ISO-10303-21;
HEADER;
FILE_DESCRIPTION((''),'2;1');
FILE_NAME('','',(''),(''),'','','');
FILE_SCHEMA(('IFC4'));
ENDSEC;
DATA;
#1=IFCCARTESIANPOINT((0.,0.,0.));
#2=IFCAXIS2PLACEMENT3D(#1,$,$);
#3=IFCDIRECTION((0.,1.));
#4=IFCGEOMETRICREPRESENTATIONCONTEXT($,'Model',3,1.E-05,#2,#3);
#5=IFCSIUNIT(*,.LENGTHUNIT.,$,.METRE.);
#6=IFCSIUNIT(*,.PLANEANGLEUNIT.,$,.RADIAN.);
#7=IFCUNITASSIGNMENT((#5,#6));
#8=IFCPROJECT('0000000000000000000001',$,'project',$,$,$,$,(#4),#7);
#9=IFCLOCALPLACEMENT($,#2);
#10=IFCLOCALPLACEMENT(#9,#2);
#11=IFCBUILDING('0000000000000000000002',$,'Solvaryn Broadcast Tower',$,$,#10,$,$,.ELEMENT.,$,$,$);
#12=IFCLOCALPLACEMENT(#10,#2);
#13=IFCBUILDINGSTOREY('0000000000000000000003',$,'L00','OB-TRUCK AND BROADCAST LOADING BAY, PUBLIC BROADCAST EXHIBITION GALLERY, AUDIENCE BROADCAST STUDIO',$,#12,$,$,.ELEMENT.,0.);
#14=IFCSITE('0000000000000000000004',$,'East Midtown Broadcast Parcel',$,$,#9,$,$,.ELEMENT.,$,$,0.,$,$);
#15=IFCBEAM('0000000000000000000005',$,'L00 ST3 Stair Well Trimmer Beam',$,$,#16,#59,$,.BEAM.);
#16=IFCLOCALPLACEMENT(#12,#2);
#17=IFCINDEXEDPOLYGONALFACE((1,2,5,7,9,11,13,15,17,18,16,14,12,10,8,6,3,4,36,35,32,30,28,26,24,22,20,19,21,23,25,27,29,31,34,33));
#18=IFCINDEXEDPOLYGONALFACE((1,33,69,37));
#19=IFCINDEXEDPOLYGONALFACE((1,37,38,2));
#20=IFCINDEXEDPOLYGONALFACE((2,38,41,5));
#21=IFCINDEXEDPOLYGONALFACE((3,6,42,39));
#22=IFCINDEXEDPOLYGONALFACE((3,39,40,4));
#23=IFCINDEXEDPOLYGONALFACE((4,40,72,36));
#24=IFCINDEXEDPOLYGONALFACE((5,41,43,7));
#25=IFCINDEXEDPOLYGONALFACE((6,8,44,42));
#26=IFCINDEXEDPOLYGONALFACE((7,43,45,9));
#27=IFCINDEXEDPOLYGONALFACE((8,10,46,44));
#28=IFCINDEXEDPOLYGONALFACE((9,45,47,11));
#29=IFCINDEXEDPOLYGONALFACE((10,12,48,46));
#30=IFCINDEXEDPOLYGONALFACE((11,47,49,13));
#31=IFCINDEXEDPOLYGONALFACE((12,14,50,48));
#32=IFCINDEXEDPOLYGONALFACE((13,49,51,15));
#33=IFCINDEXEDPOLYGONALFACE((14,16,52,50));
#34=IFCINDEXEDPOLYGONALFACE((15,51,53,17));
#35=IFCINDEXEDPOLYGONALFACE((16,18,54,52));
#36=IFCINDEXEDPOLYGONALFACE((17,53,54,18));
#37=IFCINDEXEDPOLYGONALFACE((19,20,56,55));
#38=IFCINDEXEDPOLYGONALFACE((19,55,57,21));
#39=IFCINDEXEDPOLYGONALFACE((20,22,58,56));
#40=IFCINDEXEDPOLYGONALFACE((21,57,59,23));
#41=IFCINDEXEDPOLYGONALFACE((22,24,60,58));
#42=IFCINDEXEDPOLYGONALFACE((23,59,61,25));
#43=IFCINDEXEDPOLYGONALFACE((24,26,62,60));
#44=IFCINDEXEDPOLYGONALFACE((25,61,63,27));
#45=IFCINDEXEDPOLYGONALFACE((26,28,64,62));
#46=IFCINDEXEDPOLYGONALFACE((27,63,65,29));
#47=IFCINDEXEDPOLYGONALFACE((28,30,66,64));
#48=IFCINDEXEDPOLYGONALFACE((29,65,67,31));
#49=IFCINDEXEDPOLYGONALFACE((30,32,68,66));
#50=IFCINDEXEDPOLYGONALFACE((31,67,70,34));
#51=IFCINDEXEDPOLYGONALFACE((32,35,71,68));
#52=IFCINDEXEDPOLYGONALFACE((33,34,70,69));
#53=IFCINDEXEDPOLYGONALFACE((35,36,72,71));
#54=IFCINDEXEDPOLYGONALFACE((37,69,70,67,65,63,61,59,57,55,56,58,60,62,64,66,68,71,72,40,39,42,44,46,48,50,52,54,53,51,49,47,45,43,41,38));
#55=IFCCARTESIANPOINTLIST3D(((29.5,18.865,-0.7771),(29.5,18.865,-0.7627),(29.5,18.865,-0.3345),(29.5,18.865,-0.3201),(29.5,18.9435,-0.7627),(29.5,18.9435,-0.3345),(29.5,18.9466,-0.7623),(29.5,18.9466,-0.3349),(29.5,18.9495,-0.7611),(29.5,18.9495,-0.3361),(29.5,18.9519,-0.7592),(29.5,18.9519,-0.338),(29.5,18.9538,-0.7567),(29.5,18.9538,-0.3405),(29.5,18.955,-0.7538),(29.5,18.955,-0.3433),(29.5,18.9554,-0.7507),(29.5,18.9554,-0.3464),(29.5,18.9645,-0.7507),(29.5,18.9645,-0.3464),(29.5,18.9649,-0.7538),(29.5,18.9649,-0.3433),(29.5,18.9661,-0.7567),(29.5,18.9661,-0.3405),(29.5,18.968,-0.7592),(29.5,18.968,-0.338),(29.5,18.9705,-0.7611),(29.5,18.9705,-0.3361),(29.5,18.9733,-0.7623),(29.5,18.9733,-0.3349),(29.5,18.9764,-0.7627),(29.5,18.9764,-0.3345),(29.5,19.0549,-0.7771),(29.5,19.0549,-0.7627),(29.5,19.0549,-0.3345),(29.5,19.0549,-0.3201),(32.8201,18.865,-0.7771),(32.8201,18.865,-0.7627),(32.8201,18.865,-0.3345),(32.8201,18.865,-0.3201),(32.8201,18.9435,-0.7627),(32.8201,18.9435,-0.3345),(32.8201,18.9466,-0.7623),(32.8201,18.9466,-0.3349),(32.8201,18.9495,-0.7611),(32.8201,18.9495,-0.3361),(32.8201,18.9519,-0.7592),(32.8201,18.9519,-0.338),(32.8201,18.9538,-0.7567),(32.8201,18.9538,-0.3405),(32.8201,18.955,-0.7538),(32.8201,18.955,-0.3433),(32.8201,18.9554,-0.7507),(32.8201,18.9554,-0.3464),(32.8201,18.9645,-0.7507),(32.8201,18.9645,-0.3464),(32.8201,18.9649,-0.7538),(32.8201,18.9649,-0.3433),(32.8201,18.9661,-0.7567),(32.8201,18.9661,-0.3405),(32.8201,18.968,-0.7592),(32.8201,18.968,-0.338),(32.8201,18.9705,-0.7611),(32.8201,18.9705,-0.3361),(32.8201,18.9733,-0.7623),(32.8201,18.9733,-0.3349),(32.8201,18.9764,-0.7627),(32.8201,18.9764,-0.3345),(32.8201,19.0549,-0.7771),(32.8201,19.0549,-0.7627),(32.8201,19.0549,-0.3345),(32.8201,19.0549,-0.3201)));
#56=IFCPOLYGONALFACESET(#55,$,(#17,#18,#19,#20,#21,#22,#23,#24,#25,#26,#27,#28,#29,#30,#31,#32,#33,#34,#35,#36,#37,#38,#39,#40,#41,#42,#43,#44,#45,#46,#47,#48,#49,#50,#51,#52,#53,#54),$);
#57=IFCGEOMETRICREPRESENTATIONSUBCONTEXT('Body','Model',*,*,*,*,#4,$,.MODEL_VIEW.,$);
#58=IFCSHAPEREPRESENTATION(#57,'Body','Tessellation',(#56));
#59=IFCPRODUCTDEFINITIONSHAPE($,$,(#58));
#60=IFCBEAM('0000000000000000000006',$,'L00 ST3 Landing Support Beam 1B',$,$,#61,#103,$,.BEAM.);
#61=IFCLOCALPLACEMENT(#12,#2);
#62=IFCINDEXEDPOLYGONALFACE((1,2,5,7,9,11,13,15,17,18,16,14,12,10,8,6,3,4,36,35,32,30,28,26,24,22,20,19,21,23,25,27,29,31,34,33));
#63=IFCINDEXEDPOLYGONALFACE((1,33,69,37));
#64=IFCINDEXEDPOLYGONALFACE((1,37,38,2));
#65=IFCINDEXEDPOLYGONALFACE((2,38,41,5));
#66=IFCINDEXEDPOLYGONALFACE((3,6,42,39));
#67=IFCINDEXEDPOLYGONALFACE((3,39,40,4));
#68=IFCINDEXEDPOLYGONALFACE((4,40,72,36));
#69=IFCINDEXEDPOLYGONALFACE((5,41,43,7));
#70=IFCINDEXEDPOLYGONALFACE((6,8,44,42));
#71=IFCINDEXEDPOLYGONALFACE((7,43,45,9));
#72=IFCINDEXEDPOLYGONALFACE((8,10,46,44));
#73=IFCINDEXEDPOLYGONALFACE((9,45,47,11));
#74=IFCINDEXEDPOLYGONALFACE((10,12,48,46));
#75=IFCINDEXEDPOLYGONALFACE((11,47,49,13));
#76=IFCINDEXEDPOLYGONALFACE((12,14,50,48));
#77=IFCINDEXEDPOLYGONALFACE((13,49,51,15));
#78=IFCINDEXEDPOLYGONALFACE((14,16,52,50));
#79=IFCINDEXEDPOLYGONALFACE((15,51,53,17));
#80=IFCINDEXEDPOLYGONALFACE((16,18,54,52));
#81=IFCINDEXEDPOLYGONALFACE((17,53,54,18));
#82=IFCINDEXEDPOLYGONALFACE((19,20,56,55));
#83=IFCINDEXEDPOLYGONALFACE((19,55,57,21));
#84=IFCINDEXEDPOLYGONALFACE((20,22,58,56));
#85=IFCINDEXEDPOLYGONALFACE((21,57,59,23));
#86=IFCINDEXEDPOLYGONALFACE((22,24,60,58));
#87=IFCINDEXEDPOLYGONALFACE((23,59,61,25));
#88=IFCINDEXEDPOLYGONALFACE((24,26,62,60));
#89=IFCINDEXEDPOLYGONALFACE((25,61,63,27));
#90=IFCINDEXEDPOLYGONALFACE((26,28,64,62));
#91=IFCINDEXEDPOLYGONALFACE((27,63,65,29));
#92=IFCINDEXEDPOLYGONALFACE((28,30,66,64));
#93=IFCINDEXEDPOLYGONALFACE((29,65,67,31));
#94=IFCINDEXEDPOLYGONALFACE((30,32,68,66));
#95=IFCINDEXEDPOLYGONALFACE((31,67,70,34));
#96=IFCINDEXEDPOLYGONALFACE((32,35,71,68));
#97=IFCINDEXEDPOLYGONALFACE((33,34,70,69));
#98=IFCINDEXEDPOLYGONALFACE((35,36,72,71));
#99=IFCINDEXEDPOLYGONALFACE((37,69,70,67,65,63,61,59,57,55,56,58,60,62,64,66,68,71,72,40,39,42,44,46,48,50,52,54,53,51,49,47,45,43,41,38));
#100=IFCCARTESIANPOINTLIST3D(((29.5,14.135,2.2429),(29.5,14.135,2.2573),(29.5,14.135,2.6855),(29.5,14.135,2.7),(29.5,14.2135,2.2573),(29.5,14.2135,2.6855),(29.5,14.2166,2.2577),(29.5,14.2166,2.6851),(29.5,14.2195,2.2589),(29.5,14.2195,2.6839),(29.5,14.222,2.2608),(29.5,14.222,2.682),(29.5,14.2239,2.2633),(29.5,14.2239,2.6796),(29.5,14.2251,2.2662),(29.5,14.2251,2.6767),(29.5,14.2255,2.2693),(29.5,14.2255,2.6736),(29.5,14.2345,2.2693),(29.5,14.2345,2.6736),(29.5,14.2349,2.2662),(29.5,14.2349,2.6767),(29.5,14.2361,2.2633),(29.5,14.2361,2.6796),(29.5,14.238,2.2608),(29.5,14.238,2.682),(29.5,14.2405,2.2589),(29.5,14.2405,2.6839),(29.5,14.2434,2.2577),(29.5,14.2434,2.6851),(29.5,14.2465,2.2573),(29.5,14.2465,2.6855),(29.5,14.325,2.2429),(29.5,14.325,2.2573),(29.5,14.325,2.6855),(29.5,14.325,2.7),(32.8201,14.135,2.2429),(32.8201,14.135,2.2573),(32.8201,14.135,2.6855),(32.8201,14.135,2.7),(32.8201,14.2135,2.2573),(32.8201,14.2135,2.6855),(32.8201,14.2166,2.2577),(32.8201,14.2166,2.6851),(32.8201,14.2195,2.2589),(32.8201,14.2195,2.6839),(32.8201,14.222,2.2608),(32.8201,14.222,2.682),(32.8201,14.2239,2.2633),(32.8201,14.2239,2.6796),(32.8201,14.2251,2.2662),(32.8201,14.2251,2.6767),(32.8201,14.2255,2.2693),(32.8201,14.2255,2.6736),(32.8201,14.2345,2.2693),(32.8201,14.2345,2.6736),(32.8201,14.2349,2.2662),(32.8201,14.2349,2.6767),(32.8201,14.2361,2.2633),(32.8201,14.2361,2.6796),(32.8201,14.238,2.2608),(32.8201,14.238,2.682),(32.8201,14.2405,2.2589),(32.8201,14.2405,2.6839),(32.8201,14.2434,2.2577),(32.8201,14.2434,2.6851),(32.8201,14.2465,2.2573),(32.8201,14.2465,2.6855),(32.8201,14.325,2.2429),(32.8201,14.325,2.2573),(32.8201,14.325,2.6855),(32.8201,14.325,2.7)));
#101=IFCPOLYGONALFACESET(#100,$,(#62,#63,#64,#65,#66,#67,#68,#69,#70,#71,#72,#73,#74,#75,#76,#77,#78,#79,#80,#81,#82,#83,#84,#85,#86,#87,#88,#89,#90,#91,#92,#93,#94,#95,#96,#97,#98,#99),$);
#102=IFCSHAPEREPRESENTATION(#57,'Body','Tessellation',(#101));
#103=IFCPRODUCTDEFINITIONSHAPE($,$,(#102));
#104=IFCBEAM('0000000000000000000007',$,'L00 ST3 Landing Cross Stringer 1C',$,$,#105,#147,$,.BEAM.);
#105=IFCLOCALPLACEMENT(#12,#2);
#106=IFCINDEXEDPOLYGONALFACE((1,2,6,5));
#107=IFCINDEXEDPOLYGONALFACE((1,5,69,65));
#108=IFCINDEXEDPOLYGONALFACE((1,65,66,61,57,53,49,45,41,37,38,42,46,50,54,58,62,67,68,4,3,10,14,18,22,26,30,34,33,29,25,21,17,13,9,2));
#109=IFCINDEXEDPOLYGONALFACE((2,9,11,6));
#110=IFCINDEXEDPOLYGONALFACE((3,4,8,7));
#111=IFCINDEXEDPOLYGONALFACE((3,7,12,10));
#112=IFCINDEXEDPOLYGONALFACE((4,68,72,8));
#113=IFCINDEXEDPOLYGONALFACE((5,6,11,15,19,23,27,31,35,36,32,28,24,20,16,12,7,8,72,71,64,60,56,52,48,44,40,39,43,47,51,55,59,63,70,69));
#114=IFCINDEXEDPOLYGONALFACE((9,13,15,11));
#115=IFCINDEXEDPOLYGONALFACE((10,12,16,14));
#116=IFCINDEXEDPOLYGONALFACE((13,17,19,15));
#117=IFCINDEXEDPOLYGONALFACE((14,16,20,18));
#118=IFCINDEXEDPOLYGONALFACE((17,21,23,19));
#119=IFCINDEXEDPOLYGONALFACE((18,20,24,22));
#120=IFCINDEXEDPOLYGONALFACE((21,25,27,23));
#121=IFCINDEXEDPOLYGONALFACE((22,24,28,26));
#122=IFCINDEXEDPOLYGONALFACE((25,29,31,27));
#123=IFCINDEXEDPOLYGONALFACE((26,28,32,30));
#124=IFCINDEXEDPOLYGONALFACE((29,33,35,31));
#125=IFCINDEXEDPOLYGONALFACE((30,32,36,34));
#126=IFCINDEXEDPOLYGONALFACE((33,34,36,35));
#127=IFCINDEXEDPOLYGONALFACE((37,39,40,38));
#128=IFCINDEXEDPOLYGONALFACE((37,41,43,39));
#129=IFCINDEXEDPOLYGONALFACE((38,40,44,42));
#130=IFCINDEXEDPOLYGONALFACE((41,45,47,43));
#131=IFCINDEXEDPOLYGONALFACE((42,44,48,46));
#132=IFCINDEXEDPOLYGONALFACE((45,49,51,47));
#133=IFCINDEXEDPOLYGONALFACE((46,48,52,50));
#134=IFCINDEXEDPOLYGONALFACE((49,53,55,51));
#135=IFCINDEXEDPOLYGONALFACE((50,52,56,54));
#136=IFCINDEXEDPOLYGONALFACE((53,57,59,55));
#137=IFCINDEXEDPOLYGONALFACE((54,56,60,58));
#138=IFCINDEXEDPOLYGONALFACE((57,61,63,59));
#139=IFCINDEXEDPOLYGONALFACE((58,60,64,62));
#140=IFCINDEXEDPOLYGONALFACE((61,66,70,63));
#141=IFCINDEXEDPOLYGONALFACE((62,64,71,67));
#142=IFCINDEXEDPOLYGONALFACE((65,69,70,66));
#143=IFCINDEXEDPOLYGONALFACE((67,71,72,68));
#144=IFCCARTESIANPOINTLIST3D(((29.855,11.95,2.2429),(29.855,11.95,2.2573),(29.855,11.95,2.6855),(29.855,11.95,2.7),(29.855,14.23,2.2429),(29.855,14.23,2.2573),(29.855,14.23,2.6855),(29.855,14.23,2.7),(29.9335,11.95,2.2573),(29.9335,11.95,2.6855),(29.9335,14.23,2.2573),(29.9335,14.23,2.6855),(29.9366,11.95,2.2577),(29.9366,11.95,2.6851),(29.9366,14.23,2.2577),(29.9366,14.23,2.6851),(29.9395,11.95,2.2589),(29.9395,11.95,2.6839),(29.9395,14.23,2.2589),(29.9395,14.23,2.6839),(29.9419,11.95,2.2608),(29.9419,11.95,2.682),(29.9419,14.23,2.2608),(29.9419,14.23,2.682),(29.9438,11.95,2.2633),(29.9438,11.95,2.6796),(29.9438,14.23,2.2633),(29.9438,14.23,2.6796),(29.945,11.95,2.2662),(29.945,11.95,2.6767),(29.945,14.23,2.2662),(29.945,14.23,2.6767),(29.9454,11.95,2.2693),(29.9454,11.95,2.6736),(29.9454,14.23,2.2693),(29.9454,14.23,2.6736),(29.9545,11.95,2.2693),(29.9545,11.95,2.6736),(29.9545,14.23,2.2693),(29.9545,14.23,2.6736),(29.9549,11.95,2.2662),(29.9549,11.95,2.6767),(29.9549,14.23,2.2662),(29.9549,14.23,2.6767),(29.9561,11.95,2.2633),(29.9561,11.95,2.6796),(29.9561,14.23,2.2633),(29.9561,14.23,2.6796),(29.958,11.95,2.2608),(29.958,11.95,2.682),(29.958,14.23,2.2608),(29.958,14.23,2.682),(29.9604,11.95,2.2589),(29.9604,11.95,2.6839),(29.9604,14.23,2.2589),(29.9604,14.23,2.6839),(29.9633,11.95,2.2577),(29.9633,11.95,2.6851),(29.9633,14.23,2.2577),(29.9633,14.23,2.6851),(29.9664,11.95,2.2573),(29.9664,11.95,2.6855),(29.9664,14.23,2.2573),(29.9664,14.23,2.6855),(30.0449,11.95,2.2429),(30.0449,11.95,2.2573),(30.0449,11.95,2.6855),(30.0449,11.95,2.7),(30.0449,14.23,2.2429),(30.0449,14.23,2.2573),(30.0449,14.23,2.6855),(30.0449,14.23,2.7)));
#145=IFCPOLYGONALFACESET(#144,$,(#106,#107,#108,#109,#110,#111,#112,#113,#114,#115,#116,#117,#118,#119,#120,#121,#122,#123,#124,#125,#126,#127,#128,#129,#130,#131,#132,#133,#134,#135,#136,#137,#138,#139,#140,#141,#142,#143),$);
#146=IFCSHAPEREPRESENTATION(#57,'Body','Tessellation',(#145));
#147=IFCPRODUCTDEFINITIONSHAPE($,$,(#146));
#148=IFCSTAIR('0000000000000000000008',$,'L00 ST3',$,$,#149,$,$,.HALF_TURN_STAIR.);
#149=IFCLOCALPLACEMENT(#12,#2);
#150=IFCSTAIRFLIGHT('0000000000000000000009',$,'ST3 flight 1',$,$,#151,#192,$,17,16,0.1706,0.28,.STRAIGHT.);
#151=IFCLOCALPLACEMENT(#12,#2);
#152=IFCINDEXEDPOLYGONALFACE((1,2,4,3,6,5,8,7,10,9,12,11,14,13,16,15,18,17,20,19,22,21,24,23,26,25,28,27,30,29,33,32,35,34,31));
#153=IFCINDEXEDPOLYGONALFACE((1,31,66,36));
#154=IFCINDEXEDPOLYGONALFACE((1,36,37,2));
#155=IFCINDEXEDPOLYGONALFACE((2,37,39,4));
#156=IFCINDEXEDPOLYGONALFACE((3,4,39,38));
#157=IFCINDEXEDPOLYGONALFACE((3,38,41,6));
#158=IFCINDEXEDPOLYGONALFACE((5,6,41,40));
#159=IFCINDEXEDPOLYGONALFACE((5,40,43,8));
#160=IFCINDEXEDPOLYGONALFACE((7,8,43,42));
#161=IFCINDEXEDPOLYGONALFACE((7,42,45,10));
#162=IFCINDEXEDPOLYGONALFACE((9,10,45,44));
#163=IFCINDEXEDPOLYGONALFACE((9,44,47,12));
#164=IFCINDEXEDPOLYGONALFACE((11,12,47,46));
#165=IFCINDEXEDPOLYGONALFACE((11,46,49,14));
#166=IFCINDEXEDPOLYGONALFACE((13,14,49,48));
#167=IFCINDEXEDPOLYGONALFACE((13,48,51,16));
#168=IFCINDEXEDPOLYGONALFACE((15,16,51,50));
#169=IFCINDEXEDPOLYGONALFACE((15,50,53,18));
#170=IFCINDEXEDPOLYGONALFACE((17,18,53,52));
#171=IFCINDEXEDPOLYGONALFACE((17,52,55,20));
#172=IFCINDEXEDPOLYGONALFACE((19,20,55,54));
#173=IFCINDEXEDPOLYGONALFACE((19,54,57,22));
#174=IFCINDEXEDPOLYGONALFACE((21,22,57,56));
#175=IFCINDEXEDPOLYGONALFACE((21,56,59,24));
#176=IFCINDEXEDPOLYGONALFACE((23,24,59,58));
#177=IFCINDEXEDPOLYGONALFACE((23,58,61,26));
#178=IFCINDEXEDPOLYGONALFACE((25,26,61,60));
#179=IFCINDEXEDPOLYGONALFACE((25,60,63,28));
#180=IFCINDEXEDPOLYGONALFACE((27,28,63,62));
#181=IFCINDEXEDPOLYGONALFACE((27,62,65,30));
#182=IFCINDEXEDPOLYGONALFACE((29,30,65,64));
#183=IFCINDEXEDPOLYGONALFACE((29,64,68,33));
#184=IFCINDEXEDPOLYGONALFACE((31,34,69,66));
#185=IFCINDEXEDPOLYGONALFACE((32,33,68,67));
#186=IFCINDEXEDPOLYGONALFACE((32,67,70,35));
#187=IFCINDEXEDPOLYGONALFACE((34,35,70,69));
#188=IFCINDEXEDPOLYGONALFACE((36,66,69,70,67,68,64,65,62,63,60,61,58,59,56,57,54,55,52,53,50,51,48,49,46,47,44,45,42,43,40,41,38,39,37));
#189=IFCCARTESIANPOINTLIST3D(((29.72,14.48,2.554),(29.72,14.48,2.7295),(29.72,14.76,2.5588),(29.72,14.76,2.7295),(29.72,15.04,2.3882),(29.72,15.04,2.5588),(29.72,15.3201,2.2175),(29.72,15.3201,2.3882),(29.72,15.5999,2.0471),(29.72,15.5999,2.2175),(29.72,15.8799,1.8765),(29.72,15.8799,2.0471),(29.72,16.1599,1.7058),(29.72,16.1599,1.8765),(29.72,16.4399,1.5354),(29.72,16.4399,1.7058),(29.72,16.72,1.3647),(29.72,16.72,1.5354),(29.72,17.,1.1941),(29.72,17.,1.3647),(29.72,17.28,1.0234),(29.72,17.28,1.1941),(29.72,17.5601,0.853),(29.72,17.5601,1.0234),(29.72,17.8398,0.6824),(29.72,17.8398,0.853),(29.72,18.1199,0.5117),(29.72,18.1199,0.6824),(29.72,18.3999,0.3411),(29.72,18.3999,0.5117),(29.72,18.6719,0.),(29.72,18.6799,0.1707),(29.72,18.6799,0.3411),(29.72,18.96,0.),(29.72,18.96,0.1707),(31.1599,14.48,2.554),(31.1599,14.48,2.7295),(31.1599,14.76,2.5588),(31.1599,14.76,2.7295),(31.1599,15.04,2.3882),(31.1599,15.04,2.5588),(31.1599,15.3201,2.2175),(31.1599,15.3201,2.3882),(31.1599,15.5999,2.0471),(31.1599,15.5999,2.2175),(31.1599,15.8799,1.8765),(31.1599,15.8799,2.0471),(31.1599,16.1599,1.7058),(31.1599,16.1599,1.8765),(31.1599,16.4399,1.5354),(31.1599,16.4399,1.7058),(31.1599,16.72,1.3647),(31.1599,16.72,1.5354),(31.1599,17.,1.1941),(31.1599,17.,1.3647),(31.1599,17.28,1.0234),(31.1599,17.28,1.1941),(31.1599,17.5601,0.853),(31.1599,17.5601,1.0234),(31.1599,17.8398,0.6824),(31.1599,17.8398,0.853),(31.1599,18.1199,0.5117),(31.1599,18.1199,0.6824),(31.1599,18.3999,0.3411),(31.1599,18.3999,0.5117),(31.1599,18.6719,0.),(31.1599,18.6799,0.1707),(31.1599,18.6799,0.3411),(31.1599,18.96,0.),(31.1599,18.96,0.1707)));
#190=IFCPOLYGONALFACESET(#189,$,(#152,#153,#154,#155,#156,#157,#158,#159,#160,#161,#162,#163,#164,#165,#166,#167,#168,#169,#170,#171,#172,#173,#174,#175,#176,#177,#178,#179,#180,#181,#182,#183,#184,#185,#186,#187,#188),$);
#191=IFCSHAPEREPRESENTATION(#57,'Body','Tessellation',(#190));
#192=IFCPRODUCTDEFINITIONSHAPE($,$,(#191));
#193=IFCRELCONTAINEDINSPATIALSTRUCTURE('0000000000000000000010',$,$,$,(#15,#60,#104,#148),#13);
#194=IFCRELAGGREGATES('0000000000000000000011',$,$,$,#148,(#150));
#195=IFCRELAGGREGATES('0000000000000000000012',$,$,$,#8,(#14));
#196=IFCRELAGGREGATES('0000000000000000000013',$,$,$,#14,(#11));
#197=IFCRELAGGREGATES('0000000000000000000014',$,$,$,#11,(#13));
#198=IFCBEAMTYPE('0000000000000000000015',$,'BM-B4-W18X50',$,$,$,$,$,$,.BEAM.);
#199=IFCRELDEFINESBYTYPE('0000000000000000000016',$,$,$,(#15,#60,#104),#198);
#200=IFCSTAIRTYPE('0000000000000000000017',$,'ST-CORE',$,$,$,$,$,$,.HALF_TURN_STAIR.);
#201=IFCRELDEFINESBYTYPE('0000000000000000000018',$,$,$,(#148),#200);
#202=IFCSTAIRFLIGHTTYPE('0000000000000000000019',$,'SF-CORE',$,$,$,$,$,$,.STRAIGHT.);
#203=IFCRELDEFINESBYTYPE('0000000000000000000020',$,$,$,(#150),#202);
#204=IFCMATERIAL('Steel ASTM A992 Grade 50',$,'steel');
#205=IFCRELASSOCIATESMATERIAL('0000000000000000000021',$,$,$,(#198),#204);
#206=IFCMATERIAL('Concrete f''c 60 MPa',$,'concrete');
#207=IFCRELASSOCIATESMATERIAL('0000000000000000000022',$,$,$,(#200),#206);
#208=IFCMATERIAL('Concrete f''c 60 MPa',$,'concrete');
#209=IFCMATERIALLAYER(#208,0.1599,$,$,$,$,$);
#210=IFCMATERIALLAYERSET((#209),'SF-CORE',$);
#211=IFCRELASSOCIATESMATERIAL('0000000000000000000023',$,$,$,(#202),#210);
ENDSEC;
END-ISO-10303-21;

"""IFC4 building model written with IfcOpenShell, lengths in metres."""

from ifc_helpers import new_model, si_unit, direction, frame, origin, origin_2d, place, context, subcontext, project, spatial, polyline, i_section, outline, extrude, material, layer, layer_set, material_profile, profile_set, type_object, element, aggregate, save


model = new_model("IFC4")

# Units and contexts
model_context = context("Model", 3, precision=1e-05, world=origin(), true_north=direction((0.0, 1.0)))
body_context = subcontext(model_context, "Body", "Model", "MODEL_VIEW")
ifc_project = project(units=[si_unit("LENGTHUNIT", "METRE"), si_unit("PLANEANGLEUNIT", "RADIAN")], contexts=[model_context])

# Site, building, storey
site_placement = place(None, origin())
site = spatial("IfcSite", under=ifc_project, at=site_placement, Name="East Midtown Broadcast Parcel", CompositionType="ELEMENT", RefElevation=0.0)
building_placement = place(site_placement, origin())
building = spatial("IfcBuilding", under=site, at=building_placement, Name="Solvaryn Broadcast Tower", CompositionType="ELEMENT")
storey_placement = place(building_placement, origin())
storey = spatial("IfcBuildingStorey", under=building, at=storey_placement, Name="L00", Description="OB-TRUCK AND BROADCAST LOADING BAY, PUBLIC BROADCAST EXHIBITION GALLERY, AUDIENCE BROADCAST STUDIO", CompositionType="ELEMENT", Elevation=0.0)

# Beams
ifc_material_1 = material(Name="Steel ASTM A992 Grade 50", Category="steel")
ifc_material_profile = material_profile(ifc_material_1, i_section(OverallWidth=0.1899, OverallDepth=0.457, WebThickness=0.009, FlangeThickness=0.0144, FilletRadius=0.012, at=origin_2d()))
ifc_profile_set = profile_set([ifc_material_profile], Name="Steel ASTM A992 Grade 50")
beam_type = type_object("IfcBeamType", Name="BM-B4-W18X50", PredefinedType="BEAM", material=ifc_profile_set)
for number, where, z_axis, x_axis, name in (
    (1, (29.5, 18.96, -0.5486), (1.0, 0.0, 0.0), (0.0, 1.0, 0.0), "L00 ST3 Stair Well Trimmer Beam"),
    (2, (29.5, 14.23, 2.4714), (1.0, 0.0, 0.0), (0.0, 1.0, 0.0), "L00 ST3 Landing Support Beam 1B"),
):
    element("IfcBeam", number, at=place(storey_placement, frame(where, z_axis=z_axis, x_axis=x_axis)), inside=storey, type_object=beam_type, Name=name, PredefinedType="BEAM", context=body_context, shape_type="SweptSolid", body=[
        extrude(i_section(OverallWidth=0.1899, OverallDepth=0.457, WebThickness=0.009, FlangeThickness=0.0144, FilletRadius=0.012, at=origin_2d()), origin(), (0.0, 0.0, 1.0), 3.3201),
    ])
beam_placement = place(storey_placement, frame((29.95, 11.95, 2.4714), z_axis=(0.0, 1.0, 0.0), x_axis=(-1.0, 0.0, 0.0)))
element("IfcBeam", 3, at=beam_placement, inside=storey, type_object=beam_type, Name="L00 ST3 Landing Cross Stringer 1C", PredefinedType="BEAM", context=body_context, shape_type="SweptSolid", body=[
    extrude(i_section(OverallWidth=0.1899, OverallDepth=0.457, WebThickness=0.009, FlangeThickness=0.0144, FilletRadius=0.012, at=origin_2d()), origin(), (0.0, 0.0, 1.0), 2.28),
])

# Stair, stair flight
ifc_material_2 = material(Name="Concrete f'c 60 MPa", Category="concrete")
stair_type = type_object("IfcStairType", Name="ST-CORE", PredefinedType="HALF_TURN_STAIR", material=ifc_material_2)
stair_placement = place(storey_placement, origin())
stair = element("IfcStair", 4, at=stair_placement, inside=storey, type_object=stair_type, Name="L00 ST3", PredefinedType="HALF_TURN_STAIR")
ifc_material_3 = material(Name="Concrete f'c 60 MPa", Category="concrete")
ifc_layer_1 = layer(ifc_material_3, 0.1599)
ifc_layer_set_1 = layer_set([ifc_layer_1], Name="SF-CORE")
stair_flight_type = type_object("IfcStairFlightType", Name="SF-CORE", PredefinedType="STRAIGHT", material=ifc_layer_set_1)
stair_flight_1_placement = place(storey_placement, frame((30.4399, 18.96, 0.0), z_axis=(0.0, 0.0, 1.0), x_axis=(0.0, -1.0, 0.0)))
stair_flight_1 = element("IfcStairFlight", 5, at=stair_flight_1_placement, type_object=stair_flight_type, Name="ST3 flight 1", NumberOfRisers=17, NumberOfTreads=16, PredefinedType="STRAIGHT", RiserHeight=0.1706, TreadLength=0.28, context=body_context, shape_type="SweptSolid", body=[
    extrude(outline(polyline([(0.0, 0.0), (0.0, 0.1707), (0.28, 0.1707), (0.28, 0.3411), (0.5601, 0.3411), (0.5601, 0.5117), (0.8401, 0.5117), (0.8401, 0.6824), (1.1201, 0.6824), (1.1201, 0.853), (1.3999, 0.853), (1.3999, 1.0234), (1.6799, 1.0234), (1.6799, 1.1941), (1.96, 1.1941), (1.96, 1.3647), (2.24, 1.3647), (2.24, 1.5354), (2.52, 1.5354), (2.52, 1.7058), (2.8, 1.7058), (2.8, 1.8765), (3.0801, 1.8765), (3.0801, 2.0471), (3.3601, 2.0471), (3.3601, 2.2175), (3.6399, 2.2175), (3.6399, 2.3882), (3.9199, 2.3882), (3.9199, 2.5588), (4.2, 2.5588), (4.2, 2.7295), (4.48, 2.7295), (4.48, 2.8999), (4.48, 2.554), (0.2881, 0.0), (0.0, 0.0)])), frame((0.0, 0.72, 0.0), z_axis=(0.0, -1.0, 0.0), x_axis=(1.0, 0.0, 0.0)), (0.0, 0.0, 1.0), 1.4399),
])
aggregate(stair, [stair_flight_1])

save(model, "model.ifc")
